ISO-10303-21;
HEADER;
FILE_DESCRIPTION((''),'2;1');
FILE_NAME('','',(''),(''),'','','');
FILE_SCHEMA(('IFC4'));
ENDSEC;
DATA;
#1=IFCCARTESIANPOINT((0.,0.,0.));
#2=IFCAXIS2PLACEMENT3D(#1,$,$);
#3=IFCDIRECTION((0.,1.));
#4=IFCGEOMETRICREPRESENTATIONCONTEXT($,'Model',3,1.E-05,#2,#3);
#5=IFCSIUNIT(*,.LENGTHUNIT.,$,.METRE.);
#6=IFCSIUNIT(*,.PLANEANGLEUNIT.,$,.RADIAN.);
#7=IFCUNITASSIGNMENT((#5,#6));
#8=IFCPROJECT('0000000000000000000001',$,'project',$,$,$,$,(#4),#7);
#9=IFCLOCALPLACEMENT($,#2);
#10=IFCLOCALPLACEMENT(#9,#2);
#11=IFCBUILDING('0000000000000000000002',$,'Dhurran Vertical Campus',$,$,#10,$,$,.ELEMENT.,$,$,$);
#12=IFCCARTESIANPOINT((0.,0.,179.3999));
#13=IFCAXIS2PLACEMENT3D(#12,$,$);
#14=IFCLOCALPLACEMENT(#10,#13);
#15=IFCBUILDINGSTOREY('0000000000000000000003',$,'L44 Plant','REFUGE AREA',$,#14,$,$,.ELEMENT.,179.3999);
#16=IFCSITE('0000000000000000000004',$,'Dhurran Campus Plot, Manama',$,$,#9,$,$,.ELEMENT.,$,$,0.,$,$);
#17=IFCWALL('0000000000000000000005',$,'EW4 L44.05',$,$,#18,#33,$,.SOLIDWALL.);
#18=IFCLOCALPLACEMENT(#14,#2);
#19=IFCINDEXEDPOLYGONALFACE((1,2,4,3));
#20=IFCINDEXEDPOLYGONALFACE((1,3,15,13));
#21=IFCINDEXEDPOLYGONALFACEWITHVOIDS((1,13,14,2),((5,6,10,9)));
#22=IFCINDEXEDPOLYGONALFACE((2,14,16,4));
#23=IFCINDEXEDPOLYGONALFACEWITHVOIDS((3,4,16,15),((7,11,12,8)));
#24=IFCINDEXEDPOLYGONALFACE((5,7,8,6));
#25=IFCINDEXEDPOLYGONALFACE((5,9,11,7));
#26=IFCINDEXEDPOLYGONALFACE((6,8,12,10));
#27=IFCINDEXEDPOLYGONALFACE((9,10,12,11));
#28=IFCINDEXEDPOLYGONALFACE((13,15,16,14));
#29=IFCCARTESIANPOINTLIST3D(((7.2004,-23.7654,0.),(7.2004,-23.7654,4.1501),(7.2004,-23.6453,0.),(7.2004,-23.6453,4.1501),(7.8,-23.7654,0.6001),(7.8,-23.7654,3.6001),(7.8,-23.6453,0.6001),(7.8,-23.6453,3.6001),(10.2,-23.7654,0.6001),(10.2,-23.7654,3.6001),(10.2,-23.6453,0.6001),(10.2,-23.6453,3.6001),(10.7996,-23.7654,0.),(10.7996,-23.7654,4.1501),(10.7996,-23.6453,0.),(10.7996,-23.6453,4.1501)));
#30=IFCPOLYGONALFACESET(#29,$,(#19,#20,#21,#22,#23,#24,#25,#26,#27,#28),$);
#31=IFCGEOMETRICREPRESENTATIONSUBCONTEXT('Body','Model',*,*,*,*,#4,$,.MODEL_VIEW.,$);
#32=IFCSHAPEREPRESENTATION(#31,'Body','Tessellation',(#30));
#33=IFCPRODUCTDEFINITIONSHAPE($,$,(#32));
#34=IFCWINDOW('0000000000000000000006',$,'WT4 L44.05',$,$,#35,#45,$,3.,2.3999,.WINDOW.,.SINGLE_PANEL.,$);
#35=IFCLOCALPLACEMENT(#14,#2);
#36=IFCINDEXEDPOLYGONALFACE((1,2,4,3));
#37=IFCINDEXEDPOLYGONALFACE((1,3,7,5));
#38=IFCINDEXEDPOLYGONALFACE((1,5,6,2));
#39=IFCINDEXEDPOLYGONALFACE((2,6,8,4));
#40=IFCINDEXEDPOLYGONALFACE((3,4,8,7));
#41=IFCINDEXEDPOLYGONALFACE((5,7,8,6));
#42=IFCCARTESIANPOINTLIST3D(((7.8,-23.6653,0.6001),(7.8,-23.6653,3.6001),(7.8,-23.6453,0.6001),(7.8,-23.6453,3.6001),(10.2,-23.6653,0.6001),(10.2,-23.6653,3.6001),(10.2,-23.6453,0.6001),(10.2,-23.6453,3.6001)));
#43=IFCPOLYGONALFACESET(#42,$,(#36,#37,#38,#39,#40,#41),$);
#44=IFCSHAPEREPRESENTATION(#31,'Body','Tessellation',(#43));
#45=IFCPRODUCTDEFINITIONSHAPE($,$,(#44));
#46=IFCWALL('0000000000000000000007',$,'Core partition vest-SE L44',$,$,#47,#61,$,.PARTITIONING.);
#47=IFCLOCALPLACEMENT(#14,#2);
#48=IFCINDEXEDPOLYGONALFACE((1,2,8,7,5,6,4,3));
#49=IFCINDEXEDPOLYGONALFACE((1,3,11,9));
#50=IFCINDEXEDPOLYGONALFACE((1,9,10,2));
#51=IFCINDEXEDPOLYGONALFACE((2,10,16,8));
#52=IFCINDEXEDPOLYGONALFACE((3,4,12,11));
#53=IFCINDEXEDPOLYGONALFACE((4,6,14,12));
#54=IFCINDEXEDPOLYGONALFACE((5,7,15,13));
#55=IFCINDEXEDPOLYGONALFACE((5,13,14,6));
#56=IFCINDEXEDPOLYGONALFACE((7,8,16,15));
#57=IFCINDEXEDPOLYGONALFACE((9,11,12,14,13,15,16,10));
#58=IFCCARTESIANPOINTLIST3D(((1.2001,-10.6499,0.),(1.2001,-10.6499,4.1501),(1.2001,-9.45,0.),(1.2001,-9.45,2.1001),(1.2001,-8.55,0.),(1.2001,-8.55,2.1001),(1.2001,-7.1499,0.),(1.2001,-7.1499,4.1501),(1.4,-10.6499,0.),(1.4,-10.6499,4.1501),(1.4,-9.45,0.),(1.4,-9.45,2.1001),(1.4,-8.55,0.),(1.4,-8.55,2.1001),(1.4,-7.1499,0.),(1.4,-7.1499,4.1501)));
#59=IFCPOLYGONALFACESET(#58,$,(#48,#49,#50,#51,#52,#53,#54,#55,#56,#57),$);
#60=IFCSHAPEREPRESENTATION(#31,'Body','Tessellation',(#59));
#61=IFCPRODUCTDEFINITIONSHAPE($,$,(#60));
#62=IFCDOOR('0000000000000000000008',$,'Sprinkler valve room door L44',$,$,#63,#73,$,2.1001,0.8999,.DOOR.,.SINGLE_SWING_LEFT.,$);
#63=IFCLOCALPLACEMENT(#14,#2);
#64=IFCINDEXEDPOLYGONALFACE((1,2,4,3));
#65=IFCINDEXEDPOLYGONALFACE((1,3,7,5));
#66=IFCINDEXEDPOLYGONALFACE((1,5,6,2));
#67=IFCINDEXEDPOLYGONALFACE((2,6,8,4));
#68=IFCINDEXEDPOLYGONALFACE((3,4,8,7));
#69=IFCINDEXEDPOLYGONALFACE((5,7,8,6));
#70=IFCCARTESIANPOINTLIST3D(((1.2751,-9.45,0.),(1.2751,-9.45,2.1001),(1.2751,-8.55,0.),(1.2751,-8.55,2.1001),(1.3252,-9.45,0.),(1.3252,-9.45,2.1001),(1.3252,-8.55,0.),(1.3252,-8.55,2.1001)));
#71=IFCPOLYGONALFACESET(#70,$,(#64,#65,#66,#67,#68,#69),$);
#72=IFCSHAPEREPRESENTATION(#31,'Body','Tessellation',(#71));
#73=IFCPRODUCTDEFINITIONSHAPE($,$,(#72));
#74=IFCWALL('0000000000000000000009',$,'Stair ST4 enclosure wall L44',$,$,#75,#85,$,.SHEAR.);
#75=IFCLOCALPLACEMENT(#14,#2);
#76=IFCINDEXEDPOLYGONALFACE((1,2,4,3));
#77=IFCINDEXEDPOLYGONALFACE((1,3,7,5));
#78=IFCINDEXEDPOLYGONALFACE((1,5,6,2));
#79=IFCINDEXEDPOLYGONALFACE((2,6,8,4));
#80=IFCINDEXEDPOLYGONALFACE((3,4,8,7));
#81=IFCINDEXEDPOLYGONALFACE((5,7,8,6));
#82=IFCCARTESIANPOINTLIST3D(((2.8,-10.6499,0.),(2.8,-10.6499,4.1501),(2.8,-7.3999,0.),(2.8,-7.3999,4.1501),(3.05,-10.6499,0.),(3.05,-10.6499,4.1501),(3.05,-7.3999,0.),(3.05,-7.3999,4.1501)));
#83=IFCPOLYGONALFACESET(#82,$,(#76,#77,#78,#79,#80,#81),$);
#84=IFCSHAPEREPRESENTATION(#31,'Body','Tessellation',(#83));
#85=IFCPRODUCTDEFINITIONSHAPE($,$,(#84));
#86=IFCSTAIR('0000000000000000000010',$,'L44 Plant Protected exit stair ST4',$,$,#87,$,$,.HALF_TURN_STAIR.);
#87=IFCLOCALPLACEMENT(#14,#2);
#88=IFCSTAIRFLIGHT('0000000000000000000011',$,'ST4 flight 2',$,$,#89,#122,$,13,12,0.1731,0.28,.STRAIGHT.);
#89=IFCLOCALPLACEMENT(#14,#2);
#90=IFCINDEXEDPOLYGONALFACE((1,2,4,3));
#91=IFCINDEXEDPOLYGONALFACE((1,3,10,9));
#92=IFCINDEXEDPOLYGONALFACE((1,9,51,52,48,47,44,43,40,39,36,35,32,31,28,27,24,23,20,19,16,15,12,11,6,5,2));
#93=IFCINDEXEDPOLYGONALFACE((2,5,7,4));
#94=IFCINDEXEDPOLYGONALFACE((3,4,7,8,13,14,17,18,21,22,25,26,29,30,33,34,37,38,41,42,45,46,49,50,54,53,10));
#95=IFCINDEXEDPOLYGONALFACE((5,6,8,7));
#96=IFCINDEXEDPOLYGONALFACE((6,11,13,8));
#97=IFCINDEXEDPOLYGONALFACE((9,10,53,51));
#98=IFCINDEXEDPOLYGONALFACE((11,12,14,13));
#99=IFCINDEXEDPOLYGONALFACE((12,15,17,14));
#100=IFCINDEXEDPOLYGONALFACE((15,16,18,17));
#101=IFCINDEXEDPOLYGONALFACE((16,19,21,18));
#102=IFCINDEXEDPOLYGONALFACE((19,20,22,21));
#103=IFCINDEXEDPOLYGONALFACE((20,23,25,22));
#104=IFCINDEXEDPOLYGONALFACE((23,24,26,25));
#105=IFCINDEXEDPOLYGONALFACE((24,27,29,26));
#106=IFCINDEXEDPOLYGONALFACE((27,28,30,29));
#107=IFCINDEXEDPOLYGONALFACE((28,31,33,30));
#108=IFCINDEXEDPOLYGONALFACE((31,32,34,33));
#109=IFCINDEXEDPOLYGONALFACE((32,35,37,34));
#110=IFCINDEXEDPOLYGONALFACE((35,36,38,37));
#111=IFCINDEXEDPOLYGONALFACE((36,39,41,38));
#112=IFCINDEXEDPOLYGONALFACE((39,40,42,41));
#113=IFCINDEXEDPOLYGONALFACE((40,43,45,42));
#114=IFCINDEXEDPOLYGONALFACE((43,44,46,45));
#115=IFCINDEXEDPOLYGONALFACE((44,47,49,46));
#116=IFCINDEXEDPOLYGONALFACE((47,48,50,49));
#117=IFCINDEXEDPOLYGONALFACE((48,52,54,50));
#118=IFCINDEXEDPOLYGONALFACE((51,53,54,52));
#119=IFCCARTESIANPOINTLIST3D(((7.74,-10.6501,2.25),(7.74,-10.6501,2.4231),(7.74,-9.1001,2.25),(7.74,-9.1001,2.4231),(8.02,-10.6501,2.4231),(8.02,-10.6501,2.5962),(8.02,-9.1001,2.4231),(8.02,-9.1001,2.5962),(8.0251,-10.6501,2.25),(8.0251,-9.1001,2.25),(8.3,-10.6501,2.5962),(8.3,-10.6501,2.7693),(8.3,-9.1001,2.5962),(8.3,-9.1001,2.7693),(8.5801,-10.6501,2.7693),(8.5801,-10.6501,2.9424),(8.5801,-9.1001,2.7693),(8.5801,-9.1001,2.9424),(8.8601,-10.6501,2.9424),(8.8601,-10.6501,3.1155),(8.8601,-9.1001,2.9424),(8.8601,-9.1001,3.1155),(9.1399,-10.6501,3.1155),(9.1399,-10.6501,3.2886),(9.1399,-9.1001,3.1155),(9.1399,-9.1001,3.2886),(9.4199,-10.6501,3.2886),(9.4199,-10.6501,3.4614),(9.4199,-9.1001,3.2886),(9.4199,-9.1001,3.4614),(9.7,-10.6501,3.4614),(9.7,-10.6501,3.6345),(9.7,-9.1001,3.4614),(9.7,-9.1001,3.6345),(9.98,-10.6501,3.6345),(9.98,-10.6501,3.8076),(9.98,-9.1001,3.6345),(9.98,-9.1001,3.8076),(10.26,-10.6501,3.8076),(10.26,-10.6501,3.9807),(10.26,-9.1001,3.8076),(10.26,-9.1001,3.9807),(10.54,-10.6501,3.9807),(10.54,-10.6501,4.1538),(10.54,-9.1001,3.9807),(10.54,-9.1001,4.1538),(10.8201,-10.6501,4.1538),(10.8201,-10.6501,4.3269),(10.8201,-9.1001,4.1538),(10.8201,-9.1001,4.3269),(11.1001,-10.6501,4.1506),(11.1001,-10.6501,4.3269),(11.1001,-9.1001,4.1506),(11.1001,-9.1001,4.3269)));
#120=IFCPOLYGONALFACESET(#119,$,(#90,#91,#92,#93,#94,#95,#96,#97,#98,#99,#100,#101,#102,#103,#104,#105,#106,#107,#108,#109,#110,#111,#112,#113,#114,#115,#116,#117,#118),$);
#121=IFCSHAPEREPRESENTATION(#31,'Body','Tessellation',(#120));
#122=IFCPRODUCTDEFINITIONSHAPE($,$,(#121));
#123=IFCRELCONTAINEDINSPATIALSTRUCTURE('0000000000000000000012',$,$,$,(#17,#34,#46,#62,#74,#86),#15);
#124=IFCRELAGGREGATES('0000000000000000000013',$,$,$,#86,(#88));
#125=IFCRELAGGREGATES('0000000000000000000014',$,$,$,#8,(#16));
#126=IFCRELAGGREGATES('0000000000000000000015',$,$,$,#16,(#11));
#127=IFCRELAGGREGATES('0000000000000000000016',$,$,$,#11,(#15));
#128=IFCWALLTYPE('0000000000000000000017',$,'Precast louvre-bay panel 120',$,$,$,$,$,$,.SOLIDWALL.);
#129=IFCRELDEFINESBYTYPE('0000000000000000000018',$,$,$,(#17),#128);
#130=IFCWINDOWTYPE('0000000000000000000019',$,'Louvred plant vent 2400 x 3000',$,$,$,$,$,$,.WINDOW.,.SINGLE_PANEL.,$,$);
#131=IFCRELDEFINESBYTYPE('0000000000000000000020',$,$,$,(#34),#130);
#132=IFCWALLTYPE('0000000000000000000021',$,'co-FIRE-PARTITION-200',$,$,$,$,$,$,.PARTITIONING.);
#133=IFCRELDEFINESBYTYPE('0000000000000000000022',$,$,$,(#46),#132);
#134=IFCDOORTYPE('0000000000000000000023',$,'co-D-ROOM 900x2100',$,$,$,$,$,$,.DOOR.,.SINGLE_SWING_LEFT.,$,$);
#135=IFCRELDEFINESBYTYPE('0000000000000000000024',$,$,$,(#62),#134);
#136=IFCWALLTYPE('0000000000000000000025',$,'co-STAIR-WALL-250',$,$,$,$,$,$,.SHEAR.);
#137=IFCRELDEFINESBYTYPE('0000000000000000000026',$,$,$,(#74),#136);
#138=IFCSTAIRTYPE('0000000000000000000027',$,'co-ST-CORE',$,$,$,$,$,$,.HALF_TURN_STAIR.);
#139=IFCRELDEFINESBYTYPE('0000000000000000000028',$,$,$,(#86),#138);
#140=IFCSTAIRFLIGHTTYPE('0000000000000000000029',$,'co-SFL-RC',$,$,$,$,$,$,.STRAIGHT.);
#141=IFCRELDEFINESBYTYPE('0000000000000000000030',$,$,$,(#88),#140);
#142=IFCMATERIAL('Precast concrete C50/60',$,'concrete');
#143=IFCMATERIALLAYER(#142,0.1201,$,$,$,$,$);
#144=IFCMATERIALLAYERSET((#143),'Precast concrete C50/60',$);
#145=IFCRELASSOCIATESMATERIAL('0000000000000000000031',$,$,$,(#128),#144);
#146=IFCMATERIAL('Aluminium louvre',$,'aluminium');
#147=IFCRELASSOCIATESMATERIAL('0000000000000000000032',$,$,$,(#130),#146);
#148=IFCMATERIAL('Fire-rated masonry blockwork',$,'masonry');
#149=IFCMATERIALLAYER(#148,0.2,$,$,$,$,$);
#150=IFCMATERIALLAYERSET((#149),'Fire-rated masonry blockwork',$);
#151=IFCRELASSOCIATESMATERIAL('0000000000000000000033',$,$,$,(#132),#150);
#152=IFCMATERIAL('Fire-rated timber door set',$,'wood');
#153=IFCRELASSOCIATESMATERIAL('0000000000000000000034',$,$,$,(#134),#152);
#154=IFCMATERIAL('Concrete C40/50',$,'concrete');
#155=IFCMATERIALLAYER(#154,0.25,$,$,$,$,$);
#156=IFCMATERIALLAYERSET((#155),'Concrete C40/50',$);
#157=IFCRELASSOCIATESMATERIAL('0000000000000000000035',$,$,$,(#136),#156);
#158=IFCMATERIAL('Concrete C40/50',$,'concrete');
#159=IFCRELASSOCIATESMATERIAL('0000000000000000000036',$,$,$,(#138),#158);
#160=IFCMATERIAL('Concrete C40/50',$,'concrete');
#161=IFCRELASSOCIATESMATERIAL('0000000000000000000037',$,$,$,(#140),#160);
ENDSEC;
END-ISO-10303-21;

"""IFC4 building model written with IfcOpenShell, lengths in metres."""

from ifc_helpers import new_model, si_unit, direction, frame, frame_2d, origin, place, context, subcontext, project, spatial, polyline, rectangle, outline, extrude, material, layer, layer_set, type_object, element, fill, aggregate, save


model = new_model("IFC4")

# Units and contexts
model_context = context("Model", 3, precision=1e-05, world=origin(), true_north=direction((0.0, 1.0)))
body_context = subcontext(model_context, "Body", "Model", "MODEL_VIEW")
ifc_project = project(units=[si_unit("LENGTHUNIT", "METRE"), si_unit("PLANEANGLEUNIT", "RADIAN")], contexts=[model_context])

# Site, building, storey
site_placement = place(None, origin())
site = spatial("IfcSite", under=ifc_project, at=site_placement, Name="Dhurran Campus Plot, Manama", CompositionType="ELEMENT", RefElevation=0.0)
building_placement = place(site_placement, origin())
building = spatial("IfcBuilding", under=site, at=building_placement, Name="Dhurran Vertical Campus", CompositionType="ELEMENT")
storey_placement = place(building_placement, frame((0.0, 0.0, 179.3999)))
storey = spatial("IfcBuildingStorey", under=building, at=storey_placement, Name="L44 Plant", Description="REFUGE AREA", CompositionType="ELEMENT", Elevation=179.3999)

# Wall, opening, window
ifc_material_1 = material(Name="Precast concrete C50/60", Category="concrete")
ifc_layer_1 = layer(ifc_material_1, 0.1201)
ifc_layer_set_1 = layer_set([ifc_layer_1], Name="Precast concrete C50/60")
wall_type_1 = type_object("IfcWallType", Name="Precast louvre-bay panel 120", PredefinedType="SOLIDWALL", material=ifc_layer_set_1)
ifc_material_2 = material(Name="Aluminium louvre", Category="aluminium")
window_type = type_object("IfcWindowType", Name="Louvred plant vent 2400 x 3000", PartitioningType="SINGLE_PANEL", PredefinedType="WINDOW", material=ifc_material_2)
wall_1_placement = place(storey_placement, frame((7.2004, -23.7053, 0.0), z_axis=(0.0, 0.0, 1.0), x_axis=(1.0, 0.0, 0.0)))
wall_1 = element("IfcWall", 1, at=wall_1_placement, inside=storey, type_object=wall_type_1, Name="EW4 L44.05", PredefinedType="SOLIDWALL", context=body_context, shape_type="SweptSolid", body=[
    extrude(rectangle(XDim=3.5991, YDim=0.1201, at=frame_2d((1.7996, 0.0))), origin(), (0.0, 0.0, 1.0), 4.1501),
])
opening_1_placement = place(wall_1_placement, frame((0.5996, 0.0, 0.6001)))
opening_1 = element("IfcOpeningElement", 2, at=opening_1_placement, cuts=wall_1, PredefinedType="OPENING", context=body_context, shape_type="SweptSolid", body=[
    extrude(rectangle(XDim=2.3999, YDim=3.0, at=frame_2d((1.2, 1.5))), frame((0.0, 0.0701, 0.0), z_axis=(0.0, -1.0, 0.0), x_axis=(1.0, 0.0, 0.0)), (0.0, 0.0, 1.0), 0.1401),
])
window_1_placement = place(opening_1_placement, origin())
window_1 = element("IfcWindow", 3, at=window_1_placement, inside=storey, type_object=window_type, Name="WT4 L44.05", OverallHeight=3.0, OverallWidth=2.3999, PartitioningType="SINGLE_PANEL", PredefinedType="WINDOW", context=body_context, shape_type="SweptSolid", body=[
    extrude(rectangle(XDim=2.3999, YDim=3.0, at=frame_2d((1.2, 1.5))), frame((0.0, 0.0601, 0.0), z_axis=(0.0, -1.0, 0.0), x_axis=(1.0, 0.0, 0.0)), (0.0, 0.0, 1.0), 0.02),
])
fill(opening_1, window_1)

# Wall, opening, door
ifc_material_3 = material(Name="Fire-rated masonry blockwork", Category="masonry")
ifc_layer_2 = layer(ifc_material_3, 0.2)
ifc_layer_set_2 = layer_set([ifc_layer_2], Name="Fire-rated masonry blockwork")
wall_type_2 = type_object("IfcWallType", Name="co-FIRE-PARTITION-200", PredefinedType="PARTITIONING", material=ifc_layer_set_2)
wall_2_placement = place(storey_placement, frame((1.3, -10.6499, 0.0), z_axis=(0.0, 0.0, 1.0), x_axis=(0.0, 1.0, 0.0)))
wall_2 = element("IfcWall", 4, at=wall_2_placement, inside=storey, type_object=wall_type_2, Name="Core partition vest-SE L44", PredefinedType="PARTITIONING", context=body_context, shape_type="SweptSolid", body=[
    extrude(rectangle(XDim=3.5, YDim=0.2, at=frame_2d((1.75, 0.0))), origin(), (0.0, 0.0, 1.0), 4.1501),
])
opening_2_placement = place(wall_2_placement, frame((1.2, 0.0, 0.0)))
opening_2 = element("IfcOpeningElement", 5, at=opening_2_placement, cuts=wall_2, PredefinedType="OPENING", context=body_context, shape_type="SweptSolid", body=[
    extrude(rectangle(XDim=0.8999, YDim=2.1001, at=frame_2d((0.45, 1.05))), frame((0.0, 0.1099, 0.0), z_axis=(0.0, -1.0, 0.0), x_axis=(1.0, 0.0, 0.0)), (0.0, 0.0, 1.0), 0.22),
])
ifc_material_4 = material(Name="Fire-rated timber door set", Category="wood")
door_type = type_object("IfcDoorType", Name="co-D-ROOM 900x2100", OperationType="SINGLE_SWING_LEFT", PredefinedType="DOOR", material=ifc_material_4)
door_placement = place(opening_2_placement, origin())
door = element("IfcDoor", 6, at=door_placement, inside=storey, type_object=door_type, Name="Sprinkler valve room door L44", OperationType="SINGLE_SWING_LEFT", OverallHeight=2.1001, OverallWidth=0.8999, PredefinedType="DOOR", context=body_context, shape_type="SweptSolid", body=[
    extrude(rectangle(XDim=0.8999, YDim=2.1001, at=frame_2d((0.45, 1.05))), frame((0.0, 0.0249, 0.0), z_axis=(0.0, -1.0, 0.0), x_axis=(1.0, 0.0, 0.0)), (0.0, 0.0, 1.0), 0.05),
])
fill(opening_2, door)

# Wall
ifc_material_5 = material(Name="Concrete C40/50", Category="concrete")
ifc_layer_3 = layer(ifc_material_5, 0.25)
ifc_layer_set_3 = layer_set([ifc_layer_3], Name="Concrete C40/50")
wall_type_3 = type_object("IfcWallType", Name="co-STAIR-WALL-250", PredefinedType="SHEAR", material=ifc_layer_set_3)
wall_3_placement = place(storey_placement, frame((2.925, -10.6499, 0.0), z_axis=(0.0, 0.0, 1.0), x_axis=(0.0, 1.0, 0.0)))
element("IfcWall", 7, at=wall_3_placement, inside=storey, type_object=wall_type_3, Name="Stair ST4 enclosure wall L44", PredefinedType="SHEAR", context=body_context, shape_type="SweptSolid", body=[
    extrude(rectangle(XDim=3.25, YDim=0.25, at=frame_2d((1.625, 0.0))), origin(), (0.0, 0.0, 1.0), 4.1501),
])

# Stair, stair flight
ifc_material_6 = material(Name="Concrete C40/50", Category="concrete")
stair_type = type_object("IfcStairType", Name="co-ST-CORE", PredefinedType="HALF_TURN_STAIR", material=ifc_material_6)
stair_placement = place(storey_placement, origin())
stair = element("IfcStair", 8, at=stair_placement, inside=storey, type_object=stair_type, Name="L44 Plant Protected exit stair ST4", PredefinedType="HALF_TURN_STAIR")
ifc_material_7 = material(Name="Concrete C40/50", Category="concrete")
stair_flight_type = type_object("IfcStairFlightType", Name="co-SFL-RC", PredefinedType="STRAIGHT", material=ifc_material_7)
stair_flight_placement = place(storey_placement, frame((7.74, -9.875, 2.25), z_axis=(0.0, 0.0, 1.0), x_axis=(1.0, 0.0, 0.0)))
stair_flight = element("IfcStairFlight", 9, at=stair_flight_placement, type_object=stair_flight_type, Name="ST4 flight 2", NumberOfRisers=13, NumberOfTreads=12, PredefinedType="STRAIGHT", RiserHeight=0.1731, TreadLength=0.28, context=body_context, shape_type="SweptSolid", body=[
    extrude(outline(polyline([(0.0, 0.0), (0.0, 0.1731), (0.28, 0.1731), (0.28, 0.3462), (0.5601, 0.3462), (0.5601, 0.5193), (0.8401, 0.5193), (0.8401, 0.6924), (1.1201, 0.6924), (1.1201, 0.8655), (1.3999, 0.8655), (1.3999, 1.0386), (1.6799, 1.0386), (1.6799, 1.2114), (1.96, 1.2114), (1.96, 1.3845), (2.24, 1.3845), (2.24, 1.5576), (2.52, 1.5576), (2.52, 1.7307), (2.8, 1.7307), (2.8, 1.9038), (3.0801, 1.9038), (3.0801, 2.0769), (3.3601, 2.0769), (3.3601, 2.25), (3.3601, 1.9006), (0.2852, 0.0), (0.0, 0.0)])), frame((0.0, 0.7749, 0.0), z_axis=(0.0, -1.0, 0.0), x_axis=(1.0, 0.0, 0.0)), (0.0, 0.0, 1.0), 1.55),
])
aggregate(stair, [stair_flight])

save(model, "model.ifc")
